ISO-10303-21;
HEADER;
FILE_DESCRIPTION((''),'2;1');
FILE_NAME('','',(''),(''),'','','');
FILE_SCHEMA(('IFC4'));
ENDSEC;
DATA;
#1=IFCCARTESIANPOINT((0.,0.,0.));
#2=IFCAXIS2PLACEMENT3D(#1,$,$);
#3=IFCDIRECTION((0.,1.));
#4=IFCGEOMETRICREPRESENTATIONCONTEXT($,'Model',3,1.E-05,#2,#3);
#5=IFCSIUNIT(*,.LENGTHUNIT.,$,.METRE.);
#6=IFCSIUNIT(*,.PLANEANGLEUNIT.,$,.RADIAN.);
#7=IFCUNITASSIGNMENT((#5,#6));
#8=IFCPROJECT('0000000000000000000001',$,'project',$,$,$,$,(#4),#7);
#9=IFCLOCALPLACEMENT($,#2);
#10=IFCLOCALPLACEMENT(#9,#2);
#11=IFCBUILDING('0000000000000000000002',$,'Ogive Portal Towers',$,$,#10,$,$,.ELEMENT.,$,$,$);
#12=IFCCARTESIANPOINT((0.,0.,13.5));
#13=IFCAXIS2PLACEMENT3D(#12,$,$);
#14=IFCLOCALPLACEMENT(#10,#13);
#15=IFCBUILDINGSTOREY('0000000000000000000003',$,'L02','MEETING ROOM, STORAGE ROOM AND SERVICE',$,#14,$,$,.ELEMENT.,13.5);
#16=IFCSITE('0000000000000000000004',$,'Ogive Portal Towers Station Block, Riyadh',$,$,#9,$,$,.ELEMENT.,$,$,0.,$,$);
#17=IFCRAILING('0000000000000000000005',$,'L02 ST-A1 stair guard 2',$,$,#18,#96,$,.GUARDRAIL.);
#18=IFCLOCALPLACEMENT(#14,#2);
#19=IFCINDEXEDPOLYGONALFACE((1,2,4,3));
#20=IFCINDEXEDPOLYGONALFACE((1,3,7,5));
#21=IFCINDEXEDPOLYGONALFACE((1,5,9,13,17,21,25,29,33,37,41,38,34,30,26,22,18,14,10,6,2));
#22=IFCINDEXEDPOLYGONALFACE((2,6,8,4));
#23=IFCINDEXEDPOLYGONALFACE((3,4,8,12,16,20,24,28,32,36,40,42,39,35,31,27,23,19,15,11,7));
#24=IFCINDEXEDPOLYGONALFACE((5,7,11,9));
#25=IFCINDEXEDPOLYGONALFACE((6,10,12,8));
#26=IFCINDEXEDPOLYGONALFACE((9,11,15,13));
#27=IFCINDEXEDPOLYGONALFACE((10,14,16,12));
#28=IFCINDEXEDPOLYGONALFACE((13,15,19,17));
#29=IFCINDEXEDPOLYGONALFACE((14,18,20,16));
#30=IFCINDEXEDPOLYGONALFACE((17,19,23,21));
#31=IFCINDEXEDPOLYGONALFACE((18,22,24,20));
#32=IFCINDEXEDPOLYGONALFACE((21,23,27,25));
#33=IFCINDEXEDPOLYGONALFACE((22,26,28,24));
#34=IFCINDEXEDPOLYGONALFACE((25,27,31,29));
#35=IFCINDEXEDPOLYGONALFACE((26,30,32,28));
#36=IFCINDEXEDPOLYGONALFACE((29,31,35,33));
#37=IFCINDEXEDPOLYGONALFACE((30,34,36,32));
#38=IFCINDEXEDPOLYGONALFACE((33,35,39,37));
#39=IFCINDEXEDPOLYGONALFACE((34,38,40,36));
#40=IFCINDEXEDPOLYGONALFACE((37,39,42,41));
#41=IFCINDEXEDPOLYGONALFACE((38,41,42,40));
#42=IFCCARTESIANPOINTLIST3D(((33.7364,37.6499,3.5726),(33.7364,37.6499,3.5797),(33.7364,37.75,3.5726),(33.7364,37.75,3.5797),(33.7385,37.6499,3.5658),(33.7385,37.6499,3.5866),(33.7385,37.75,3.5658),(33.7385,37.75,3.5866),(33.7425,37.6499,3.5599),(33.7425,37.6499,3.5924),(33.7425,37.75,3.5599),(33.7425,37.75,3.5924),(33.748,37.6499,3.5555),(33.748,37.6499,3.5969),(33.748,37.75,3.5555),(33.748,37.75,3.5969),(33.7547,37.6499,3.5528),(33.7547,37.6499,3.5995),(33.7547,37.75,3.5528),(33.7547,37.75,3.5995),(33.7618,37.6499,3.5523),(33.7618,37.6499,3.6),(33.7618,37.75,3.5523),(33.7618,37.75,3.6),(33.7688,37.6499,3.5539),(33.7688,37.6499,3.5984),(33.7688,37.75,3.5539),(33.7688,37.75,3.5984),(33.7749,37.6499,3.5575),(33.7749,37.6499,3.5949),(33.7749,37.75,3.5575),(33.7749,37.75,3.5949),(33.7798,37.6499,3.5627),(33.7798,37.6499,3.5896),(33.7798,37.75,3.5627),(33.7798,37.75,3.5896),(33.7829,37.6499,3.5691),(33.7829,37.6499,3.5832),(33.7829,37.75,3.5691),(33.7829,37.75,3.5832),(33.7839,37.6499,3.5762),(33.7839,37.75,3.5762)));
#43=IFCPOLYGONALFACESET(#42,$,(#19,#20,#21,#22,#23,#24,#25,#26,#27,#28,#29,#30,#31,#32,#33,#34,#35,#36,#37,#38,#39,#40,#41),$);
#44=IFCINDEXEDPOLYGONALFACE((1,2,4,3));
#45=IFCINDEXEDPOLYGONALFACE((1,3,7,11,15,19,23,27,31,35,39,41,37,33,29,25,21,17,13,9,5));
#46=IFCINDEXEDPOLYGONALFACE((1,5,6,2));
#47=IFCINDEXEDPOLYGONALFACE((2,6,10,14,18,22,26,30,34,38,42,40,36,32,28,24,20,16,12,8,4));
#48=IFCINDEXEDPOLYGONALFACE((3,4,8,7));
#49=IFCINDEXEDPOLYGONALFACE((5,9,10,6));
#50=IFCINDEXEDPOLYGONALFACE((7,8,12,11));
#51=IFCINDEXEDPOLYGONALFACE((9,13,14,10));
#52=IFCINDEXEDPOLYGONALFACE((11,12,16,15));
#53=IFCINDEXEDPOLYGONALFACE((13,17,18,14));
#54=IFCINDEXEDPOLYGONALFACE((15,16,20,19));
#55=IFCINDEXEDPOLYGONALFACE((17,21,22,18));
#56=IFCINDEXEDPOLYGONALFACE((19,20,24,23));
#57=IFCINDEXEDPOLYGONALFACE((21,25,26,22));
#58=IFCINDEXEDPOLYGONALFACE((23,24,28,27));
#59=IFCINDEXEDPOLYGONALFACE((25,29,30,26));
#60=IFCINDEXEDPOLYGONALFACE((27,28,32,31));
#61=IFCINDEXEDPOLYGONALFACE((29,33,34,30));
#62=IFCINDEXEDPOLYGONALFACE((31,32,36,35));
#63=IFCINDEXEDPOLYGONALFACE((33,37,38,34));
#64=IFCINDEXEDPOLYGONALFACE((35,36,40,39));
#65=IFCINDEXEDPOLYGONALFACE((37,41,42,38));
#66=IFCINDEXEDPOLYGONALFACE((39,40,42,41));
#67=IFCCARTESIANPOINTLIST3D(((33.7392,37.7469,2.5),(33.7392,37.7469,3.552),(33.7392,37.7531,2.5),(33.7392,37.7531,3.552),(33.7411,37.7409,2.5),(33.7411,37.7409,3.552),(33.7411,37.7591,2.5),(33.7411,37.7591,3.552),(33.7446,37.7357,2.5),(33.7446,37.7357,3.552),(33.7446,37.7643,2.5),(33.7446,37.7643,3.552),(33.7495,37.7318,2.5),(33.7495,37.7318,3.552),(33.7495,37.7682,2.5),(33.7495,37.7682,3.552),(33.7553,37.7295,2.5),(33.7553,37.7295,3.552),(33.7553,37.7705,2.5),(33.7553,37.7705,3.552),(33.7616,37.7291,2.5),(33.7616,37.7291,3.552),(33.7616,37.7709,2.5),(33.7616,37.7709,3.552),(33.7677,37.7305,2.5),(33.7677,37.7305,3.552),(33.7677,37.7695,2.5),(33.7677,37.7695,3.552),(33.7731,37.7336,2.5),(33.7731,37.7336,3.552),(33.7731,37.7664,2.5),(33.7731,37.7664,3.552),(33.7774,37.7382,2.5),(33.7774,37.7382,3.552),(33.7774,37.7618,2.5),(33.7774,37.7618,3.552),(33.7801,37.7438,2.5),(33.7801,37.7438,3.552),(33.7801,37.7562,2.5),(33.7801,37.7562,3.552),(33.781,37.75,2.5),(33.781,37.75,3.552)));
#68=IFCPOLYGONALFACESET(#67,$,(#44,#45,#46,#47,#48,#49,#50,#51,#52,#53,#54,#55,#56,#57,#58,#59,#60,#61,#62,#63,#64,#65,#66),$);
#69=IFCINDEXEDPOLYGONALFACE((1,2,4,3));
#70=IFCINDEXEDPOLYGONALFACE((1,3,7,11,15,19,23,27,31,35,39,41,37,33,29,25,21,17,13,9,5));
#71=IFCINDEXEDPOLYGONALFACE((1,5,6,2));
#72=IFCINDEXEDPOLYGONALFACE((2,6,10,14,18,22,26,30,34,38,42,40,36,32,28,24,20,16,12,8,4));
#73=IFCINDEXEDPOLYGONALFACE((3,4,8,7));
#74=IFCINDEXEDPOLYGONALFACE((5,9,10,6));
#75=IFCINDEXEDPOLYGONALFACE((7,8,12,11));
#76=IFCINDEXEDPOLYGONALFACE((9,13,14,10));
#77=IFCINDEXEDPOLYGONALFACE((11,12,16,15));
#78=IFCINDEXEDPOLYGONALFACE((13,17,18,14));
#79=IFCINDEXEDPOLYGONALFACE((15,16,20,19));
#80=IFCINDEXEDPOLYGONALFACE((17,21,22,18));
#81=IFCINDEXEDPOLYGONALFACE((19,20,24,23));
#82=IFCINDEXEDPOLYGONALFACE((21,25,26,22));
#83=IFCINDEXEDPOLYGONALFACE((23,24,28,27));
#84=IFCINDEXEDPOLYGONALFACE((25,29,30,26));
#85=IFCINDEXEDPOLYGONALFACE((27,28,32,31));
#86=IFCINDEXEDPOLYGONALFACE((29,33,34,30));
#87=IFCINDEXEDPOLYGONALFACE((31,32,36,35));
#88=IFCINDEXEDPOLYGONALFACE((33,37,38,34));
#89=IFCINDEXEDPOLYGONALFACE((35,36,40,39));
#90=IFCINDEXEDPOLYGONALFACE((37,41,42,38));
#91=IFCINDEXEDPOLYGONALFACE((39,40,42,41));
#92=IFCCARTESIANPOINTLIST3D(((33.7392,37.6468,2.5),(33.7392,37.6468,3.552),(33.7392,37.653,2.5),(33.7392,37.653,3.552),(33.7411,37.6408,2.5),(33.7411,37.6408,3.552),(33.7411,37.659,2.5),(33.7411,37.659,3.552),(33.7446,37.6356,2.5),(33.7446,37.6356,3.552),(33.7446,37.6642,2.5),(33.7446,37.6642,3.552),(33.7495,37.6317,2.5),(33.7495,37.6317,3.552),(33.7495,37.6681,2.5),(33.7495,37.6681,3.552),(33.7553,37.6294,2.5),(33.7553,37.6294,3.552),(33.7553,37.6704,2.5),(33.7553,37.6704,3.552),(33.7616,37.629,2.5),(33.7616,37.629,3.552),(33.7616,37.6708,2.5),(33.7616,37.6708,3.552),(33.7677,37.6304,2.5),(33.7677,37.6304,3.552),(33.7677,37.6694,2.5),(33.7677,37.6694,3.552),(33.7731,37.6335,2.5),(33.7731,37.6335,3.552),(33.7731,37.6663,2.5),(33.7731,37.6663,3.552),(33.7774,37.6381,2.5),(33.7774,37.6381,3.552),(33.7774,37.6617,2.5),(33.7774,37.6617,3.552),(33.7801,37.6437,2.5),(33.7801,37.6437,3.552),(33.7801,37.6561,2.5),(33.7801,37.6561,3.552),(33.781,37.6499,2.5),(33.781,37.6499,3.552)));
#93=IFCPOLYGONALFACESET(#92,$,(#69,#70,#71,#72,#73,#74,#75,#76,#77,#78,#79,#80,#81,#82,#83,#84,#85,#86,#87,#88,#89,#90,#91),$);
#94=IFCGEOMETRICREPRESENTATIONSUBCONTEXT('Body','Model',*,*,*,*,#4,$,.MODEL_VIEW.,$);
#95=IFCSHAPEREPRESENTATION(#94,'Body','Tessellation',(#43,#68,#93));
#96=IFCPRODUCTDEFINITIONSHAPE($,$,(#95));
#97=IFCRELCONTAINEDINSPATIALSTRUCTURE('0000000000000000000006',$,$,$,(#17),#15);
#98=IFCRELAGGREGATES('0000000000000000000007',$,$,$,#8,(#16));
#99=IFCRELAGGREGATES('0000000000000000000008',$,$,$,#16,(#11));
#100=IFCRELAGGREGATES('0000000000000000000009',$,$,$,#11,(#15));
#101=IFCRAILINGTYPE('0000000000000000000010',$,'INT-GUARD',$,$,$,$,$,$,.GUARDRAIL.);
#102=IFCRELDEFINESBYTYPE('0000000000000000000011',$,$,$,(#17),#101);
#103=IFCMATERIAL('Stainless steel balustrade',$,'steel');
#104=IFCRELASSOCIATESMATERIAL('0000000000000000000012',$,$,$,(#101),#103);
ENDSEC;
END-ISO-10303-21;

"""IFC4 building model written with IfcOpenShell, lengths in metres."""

from ifc_helpers import new_model, si_unit, direction, frame, origin, origin_2d, place, context, subcontext, project, spatial, circle, extrude, material, type_object, element, save


model = new_model("IFC4")

# Units and contexts
model_context = context("Model", 3, precision=1e-05, world=origin(), true_north=direction((0.0, 1.0)))
body_context = subcontext(model_context, "Body", "Model", "MODEL_VIEW")
ifc_project = project(units=[si_unit("LENGTHUNIT", "METRE"), si_unit("PLANEANGLEUNIT", "RADIAN")], contexts=[model_context])

# Site, building, storey
site_placement = place(None, origin())
site = spatial("IfcSite", under=ifc_project, at=site_placement, Name="Ogive Portal Towers Station Block, Riyadh", CompositionType="ELEMENT", RefElevation=0.0)
building_placement = place(site_placement, origin())
building = spatial("IfcBuilding", under=site, at=building_placement, Name="Ogive Portal Towers", CompositionType="ELEMENT")
storey_placement = place(building_placement, frame((0.0, 0.0, 13.5)))
storey = spatial("IfcBuildingStorey", under=building, at=storey_placement, Name="L02", Description="MEETING ROOM, STORAGE ROOM AND SERVICE", CompositionType="ELEMENT", Elevation=13.5)

# Railing
ifc_material_1 = material(Name="Stainless steel balustrade", Category="steel")
railing_type_1 = type_object("IfcRailingType", Name="INT-GUARD", PredefinedType="GUARDRAIL", material=ifc_material_1)
railing_1_placement = place(storey_placement, frame((33.76, 37.75, 2.5)))
element("IfcRailing", 1, at=railing_1_placement, inside=storey, type_object=railing_type_1, Name="L02 ST-A1 stair guard 2", PredefinedType="GUARDRAIL", context=body_context, shape_type="SweptSolid", body=[
    extrude(circle(Radius=0.0239, at=origin_2d()), frame((0.0, 0.0, 1.0762), z_axis=(0.0, -1.0, 0.0), x_axis=(1.0, 0.0, 0.0)), (0.0, 0.0, 1.0), 0.1001),
    extrude(circle(Radius=0.021, at=origin_2d()), origin(), (0.0, 0.0, 1.0), 1.052),
    extrude(circle(Radius=0.021, at=origin_2d()), frame((0.0, -0.1001, 0.0)), (0.0, 0.0, 1.0), 1.052),
])

save(model, "model.ifc")
